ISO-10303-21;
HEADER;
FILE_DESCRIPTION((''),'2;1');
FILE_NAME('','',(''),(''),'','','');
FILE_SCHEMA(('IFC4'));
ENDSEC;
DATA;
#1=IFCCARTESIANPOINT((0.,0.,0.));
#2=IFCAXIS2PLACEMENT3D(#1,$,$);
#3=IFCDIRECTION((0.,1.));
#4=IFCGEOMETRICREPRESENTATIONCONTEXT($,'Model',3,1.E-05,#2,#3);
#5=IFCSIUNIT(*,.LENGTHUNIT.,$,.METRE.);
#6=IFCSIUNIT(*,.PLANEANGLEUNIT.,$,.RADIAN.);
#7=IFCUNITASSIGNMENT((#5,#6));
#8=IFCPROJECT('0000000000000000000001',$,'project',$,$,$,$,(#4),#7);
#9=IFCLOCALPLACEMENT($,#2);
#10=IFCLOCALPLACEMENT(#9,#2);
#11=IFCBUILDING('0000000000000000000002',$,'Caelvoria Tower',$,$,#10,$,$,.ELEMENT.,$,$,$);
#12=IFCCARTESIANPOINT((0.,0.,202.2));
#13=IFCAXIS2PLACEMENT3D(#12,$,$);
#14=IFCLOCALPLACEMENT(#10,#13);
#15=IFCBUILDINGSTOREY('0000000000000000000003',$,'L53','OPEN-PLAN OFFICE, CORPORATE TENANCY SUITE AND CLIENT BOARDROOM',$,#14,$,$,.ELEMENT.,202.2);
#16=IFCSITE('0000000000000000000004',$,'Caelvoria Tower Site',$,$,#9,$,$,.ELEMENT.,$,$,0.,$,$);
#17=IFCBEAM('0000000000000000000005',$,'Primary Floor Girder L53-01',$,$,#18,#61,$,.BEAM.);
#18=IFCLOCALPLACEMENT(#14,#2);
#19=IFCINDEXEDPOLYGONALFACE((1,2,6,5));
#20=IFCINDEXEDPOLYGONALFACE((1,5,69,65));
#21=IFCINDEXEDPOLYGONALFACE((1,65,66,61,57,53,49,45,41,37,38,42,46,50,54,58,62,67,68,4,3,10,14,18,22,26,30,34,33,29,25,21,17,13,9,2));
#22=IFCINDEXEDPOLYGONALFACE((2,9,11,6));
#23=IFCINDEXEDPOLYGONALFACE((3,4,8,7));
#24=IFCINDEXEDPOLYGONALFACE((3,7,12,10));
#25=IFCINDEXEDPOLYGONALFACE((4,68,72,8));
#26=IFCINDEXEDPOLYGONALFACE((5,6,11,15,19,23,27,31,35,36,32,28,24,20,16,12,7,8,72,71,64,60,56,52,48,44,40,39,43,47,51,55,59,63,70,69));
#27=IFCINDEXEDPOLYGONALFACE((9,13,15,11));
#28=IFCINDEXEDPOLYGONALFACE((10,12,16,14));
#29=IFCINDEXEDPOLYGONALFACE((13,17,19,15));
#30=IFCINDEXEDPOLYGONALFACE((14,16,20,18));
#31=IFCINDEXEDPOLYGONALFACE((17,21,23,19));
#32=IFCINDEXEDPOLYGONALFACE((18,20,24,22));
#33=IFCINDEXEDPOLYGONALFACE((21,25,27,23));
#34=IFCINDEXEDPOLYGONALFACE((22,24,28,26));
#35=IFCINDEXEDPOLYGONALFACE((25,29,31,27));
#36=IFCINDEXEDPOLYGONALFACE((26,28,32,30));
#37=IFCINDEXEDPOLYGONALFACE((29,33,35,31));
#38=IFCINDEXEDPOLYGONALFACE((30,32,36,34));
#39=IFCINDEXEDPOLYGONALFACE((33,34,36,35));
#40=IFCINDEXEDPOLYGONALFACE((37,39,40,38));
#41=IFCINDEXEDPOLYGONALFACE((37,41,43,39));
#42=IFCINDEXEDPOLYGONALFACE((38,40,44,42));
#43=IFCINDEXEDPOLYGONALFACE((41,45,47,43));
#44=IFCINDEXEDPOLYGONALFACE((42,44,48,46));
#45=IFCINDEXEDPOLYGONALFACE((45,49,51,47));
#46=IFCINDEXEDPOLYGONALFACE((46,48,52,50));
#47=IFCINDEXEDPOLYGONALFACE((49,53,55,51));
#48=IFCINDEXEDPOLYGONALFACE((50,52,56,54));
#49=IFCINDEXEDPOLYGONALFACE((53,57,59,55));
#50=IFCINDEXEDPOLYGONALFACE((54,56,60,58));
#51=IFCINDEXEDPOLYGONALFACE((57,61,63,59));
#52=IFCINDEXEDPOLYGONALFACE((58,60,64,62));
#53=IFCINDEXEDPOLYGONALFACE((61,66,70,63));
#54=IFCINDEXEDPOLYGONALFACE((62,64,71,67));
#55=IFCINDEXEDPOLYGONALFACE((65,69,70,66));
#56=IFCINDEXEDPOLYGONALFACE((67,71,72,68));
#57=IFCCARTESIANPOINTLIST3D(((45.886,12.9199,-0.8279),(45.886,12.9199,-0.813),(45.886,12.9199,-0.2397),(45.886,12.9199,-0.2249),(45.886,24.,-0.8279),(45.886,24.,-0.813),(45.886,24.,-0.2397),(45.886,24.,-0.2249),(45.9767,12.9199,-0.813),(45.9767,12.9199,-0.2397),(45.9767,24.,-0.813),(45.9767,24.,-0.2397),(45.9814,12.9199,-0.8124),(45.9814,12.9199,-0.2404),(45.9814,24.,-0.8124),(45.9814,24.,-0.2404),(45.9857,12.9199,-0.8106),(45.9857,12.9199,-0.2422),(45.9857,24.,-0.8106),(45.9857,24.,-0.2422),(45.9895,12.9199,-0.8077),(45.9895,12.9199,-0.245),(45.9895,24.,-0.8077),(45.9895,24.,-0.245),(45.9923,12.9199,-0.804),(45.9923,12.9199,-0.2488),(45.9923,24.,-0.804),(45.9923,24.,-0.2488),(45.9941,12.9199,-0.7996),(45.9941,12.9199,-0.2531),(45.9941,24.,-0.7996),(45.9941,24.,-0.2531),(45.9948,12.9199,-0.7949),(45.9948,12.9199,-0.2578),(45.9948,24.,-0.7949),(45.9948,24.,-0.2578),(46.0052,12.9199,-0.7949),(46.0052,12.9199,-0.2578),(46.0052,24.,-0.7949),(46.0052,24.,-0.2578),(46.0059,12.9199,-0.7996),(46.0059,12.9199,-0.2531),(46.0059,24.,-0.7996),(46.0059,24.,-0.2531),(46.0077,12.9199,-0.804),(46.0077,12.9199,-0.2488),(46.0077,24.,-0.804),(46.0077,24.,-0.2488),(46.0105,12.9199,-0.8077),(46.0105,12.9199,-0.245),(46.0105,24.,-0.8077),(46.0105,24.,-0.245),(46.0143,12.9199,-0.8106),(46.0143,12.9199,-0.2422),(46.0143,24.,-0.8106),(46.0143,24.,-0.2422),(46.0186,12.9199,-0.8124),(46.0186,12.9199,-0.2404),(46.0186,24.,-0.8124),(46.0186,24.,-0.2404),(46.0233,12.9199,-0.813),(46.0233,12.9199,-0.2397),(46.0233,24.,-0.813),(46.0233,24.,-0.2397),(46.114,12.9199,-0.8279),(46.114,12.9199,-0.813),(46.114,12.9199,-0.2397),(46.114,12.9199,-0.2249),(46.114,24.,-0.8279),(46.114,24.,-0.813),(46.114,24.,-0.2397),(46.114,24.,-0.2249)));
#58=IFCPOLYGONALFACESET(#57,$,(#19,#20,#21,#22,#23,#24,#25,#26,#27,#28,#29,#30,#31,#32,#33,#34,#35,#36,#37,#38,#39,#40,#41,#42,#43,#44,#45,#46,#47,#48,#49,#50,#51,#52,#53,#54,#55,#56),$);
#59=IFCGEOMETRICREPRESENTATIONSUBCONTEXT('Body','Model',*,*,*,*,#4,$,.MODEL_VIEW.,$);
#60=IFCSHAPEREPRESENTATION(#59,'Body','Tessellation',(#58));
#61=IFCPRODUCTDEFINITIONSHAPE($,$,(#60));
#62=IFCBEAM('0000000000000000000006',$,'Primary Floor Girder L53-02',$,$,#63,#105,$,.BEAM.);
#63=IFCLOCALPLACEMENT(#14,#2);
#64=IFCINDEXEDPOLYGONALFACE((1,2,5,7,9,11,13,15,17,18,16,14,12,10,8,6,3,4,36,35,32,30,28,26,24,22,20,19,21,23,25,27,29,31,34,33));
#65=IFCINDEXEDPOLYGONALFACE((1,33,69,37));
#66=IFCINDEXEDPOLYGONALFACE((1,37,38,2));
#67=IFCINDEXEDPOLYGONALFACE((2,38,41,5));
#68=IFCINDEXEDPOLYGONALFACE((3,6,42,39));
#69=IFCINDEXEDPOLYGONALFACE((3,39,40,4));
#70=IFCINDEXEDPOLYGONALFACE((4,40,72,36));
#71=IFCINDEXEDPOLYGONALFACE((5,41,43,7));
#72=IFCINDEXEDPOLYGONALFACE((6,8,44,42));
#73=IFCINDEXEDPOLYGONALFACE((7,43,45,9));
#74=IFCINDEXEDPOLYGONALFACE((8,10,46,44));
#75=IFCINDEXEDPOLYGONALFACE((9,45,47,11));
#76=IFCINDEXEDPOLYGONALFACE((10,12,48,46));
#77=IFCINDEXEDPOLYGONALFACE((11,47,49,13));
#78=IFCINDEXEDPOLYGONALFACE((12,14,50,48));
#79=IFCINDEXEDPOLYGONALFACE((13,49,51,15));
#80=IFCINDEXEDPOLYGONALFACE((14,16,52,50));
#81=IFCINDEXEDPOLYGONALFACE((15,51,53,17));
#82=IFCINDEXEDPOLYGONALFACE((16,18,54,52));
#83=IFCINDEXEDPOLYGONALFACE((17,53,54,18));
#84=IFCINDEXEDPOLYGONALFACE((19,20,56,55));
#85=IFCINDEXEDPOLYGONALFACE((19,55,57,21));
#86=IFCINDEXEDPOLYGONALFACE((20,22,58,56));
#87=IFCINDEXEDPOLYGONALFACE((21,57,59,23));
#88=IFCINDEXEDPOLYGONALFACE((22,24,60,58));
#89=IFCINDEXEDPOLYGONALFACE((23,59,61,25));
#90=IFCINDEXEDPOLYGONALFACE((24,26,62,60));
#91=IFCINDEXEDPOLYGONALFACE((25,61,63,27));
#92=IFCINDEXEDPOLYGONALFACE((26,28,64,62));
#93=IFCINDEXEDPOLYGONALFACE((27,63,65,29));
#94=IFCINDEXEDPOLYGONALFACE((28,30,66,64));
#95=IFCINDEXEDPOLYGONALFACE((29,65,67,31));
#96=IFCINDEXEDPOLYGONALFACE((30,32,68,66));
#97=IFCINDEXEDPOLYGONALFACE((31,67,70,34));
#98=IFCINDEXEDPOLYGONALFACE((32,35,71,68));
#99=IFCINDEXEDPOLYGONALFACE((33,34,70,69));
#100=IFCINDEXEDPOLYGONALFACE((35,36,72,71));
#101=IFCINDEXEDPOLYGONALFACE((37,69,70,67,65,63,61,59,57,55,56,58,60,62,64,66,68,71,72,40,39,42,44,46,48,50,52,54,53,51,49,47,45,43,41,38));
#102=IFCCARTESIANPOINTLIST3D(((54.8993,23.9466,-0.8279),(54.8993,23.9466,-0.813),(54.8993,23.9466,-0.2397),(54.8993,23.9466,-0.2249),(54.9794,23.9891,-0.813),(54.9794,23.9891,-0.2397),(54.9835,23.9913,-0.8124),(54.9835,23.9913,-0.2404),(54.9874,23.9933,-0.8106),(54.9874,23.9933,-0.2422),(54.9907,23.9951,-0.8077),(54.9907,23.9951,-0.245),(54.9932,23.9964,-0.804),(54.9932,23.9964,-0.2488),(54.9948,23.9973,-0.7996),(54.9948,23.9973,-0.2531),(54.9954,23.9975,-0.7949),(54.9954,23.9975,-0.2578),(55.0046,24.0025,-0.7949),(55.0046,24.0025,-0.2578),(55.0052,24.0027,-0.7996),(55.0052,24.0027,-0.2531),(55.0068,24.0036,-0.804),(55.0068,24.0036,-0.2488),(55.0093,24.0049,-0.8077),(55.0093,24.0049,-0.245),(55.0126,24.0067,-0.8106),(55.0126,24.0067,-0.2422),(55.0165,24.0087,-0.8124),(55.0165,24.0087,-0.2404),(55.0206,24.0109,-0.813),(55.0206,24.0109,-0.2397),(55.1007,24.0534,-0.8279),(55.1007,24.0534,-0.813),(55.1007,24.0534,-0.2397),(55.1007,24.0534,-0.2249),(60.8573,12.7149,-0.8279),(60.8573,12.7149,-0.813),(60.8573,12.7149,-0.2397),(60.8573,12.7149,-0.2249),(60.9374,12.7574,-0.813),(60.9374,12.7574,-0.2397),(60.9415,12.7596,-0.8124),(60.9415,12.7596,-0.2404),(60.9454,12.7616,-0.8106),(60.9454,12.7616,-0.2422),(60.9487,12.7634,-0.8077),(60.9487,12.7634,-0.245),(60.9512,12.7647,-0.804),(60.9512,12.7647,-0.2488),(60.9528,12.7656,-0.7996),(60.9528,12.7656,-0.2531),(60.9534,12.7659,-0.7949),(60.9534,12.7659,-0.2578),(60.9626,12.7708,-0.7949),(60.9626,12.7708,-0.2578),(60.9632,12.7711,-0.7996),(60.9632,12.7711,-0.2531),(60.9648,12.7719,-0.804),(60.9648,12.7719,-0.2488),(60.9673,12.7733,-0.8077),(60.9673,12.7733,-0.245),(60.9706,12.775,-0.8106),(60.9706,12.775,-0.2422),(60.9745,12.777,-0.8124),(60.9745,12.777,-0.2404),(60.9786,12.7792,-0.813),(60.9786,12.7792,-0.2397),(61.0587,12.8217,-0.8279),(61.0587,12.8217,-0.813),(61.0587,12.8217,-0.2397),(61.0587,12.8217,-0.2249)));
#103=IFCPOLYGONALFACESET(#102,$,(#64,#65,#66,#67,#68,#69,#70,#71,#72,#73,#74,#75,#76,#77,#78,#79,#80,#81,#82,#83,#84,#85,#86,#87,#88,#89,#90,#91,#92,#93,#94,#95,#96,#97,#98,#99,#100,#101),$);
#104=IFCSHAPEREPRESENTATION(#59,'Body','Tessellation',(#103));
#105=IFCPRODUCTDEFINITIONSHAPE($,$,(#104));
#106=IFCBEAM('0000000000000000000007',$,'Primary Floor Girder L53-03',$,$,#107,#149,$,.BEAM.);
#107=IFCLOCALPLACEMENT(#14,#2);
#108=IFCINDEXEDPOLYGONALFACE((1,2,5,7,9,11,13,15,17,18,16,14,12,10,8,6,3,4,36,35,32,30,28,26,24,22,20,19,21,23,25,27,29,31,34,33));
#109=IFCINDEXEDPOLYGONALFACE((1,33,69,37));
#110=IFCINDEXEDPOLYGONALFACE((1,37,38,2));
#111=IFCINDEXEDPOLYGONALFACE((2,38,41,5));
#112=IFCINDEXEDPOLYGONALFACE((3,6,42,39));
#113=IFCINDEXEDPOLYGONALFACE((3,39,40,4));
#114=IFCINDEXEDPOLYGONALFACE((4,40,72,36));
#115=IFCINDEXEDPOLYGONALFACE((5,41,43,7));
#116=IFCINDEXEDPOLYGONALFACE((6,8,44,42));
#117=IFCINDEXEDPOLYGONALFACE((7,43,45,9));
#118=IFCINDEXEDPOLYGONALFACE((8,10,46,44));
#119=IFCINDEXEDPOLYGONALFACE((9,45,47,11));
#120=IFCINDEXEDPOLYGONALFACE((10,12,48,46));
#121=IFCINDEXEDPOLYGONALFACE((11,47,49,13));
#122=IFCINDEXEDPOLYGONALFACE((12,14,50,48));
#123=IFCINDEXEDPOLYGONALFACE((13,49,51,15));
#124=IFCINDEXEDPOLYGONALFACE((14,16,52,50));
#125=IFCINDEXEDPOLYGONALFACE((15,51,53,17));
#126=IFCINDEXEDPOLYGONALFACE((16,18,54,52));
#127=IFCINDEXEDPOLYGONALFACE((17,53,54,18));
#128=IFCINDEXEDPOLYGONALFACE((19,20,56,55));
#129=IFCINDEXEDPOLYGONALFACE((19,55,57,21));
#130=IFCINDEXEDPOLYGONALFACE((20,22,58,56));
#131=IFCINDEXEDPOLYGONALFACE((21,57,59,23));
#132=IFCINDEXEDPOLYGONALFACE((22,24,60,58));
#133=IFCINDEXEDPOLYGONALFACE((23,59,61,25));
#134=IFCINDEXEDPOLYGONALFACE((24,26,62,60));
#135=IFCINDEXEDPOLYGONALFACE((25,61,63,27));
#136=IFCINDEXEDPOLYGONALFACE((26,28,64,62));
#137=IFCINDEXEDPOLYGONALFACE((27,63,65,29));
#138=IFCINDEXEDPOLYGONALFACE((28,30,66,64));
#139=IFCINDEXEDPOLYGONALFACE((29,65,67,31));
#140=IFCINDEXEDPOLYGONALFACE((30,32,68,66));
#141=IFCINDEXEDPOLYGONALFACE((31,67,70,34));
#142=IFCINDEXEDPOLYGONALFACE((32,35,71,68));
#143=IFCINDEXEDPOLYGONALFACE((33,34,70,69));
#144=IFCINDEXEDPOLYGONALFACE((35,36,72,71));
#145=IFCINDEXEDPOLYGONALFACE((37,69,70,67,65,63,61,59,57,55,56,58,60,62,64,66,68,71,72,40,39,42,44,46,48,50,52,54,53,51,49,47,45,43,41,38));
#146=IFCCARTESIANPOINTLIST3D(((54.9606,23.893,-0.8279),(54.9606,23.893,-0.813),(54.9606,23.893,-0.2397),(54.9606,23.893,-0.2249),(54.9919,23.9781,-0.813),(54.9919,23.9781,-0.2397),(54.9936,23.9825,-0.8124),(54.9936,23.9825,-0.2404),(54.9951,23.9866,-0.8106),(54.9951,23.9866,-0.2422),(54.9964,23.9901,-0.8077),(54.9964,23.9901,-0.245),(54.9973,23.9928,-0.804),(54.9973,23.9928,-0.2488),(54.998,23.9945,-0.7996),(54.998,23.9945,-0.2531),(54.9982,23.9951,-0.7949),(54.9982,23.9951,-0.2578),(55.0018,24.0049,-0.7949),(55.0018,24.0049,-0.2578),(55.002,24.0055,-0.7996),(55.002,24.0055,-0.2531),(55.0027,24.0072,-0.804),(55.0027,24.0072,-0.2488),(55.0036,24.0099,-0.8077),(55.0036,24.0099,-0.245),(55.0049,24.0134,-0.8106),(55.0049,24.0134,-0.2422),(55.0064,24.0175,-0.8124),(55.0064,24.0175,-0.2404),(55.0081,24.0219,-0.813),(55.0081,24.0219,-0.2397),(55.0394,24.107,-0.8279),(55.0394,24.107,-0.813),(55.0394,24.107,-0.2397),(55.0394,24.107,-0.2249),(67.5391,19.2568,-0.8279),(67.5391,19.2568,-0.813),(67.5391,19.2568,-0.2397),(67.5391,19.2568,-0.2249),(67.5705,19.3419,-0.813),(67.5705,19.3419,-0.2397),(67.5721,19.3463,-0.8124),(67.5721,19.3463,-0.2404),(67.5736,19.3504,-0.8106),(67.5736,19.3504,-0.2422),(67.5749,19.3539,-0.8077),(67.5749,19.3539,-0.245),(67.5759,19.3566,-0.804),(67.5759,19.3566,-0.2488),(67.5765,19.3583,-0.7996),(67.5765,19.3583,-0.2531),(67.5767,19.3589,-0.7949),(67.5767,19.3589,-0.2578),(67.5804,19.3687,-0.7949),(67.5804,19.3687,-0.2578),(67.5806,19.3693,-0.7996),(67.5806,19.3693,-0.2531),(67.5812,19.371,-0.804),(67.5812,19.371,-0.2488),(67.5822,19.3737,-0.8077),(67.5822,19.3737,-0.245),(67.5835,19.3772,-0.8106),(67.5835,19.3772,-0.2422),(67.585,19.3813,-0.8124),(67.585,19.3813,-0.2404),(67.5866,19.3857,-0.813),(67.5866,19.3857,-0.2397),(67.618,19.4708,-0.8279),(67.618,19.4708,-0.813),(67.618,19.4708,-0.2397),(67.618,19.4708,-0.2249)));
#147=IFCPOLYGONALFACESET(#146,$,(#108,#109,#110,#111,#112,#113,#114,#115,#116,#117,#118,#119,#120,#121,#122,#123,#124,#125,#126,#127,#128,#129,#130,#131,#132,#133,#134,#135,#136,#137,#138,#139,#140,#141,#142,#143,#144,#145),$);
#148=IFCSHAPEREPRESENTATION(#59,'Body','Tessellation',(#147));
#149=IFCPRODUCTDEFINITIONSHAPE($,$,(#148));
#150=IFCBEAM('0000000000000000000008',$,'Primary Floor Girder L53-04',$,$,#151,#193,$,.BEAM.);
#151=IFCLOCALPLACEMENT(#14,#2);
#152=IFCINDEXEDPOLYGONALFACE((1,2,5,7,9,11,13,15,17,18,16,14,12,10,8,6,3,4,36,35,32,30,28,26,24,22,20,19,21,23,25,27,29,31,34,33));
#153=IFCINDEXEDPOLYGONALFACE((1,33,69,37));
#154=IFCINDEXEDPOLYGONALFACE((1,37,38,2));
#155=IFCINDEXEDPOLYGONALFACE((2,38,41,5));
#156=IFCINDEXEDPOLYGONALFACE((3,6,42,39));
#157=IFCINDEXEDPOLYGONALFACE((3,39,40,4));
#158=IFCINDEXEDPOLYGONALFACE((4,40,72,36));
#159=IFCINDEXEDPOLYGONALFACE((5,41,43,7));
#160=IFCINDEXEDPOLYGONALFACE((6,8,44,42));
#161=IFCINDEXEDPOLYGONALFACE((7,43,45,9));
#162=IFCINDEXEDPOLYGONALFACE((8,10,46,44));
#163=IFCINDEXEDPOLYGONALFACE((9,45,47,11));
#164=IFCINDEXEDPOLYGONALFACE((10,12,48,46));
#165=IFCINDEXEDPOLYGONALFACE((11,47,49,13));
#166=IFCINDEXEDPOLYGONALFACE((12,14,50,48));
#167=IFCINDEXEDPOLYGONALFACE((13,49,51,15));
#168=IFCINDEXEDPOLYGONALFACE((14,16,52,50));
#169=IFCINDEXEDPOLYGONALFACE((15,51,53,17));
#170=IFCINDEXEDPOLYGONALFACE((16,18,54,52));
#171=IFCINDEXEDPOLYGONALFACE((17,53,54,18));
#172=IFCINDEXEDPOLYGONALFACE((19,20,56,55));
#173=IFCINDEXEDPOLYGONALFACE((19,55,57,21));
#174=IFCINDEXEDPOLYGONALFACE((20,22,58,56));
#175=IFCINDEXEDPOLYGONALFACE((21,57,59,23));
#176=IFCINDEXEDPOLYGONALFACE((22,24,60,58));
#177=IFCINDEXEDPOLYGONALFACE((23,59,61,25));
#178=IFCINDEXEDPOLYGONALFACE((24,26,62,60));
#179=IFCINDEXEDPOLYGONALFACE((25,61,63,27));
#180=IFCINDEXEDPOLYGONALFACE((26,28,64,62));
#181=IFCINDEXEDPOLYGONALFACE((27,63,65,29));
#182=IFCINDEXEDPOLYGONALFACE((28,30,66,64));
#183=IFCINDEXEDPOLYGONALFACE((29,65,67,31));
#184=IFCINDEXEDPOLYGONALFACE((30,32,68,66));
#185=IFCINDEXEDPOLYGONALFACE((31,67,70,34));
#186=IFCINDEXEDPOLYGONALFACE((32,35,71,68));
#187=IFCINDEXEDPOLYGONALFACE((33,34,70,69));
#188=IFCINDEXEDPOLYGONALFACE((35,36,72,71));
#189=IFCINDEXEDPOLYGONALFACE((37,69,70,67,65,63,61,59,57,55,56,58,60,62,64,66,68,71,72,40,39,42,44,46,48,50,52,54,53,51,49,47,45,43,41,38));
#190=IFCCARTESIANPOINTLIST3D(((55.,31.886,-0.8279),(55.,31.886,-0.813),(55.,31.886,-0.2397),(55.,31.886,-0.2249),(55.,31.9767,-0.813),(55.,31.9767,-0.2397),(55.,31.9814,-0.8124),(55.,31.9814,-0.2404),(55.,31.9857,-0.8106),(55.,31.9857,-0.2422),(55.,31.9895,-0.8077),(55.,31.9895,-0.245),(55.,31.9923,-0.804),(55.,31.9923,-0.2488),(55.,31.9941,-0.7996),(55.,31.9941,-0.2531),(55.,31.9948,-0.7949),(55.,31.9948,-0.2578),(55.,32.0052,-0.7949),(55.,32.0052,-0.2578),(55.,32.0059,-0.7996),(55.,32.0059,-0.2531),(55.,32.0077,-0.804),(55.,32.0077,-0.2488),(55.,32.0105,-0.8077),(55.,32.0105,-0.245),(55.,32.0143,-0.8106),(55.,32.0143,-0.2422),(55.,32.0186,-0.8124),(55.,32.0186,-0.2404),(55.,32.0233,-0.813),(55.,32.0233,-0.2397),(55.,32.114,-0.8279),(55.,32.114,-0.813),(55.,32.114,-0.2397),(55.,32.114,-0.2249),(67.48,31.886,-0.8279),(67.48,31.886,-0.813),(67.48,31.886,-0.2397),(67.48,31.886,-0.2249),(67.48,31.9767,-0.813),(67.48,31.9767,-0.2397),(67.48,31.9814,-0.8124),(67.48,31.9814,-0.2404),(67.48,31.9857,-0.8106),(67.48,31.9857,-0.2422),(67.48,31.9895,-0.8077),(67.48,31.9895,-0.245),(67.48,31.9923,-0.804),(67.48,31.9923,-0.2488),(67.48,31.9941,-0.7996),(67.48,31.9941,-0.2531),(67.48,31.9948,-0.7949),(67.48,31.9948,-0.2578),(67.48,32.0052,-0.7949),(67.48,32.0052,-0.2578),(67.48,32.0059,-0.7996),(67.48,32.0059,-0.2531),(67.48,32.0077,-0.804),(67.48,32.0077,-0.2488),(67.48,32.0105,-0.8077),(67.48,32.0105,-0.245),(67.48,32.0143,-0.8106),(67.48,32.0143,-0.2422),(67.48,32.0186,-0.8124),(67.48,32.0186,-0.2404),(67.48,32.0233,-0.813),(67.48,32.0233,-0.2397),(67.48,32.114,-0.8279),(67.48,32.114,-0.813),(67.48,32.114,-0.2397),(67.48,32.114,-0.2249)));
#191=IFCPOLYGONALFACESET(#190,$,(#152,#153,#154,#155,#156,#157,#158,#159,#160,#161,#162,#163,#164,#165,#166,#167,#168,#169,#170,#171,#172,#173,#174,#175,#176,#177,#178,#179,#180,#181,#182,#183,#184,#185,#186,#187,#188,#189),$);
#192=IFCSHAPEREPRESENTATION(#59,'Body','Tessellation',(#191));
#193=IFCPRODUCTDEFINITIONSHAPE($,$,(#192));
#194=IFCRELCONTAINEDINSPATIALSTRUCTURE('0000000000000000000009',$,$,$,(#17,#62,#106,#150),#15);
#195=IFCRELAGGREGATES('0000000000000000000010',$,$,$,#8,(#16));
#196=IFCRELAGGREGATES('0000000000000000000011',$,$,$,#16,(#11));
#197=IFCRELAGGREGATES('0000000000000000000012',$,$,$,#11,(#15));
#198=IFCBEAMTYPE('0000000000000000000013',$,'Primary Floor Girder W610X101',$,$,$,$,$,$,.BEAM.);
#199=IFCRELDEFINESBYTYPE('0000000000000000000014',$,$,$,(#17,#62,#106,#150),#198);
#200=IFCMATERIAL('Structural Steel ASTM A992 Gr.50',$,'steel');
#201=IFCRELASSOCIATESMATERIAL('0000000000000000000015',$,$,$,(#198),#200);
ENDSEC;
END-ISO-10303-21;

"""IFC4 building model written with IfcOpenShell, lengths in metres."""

from ifc_helpers import new_model, si_unit, direction, frame, origin, origin_2d, place, context, subcontext, project, spatial, i_section, extrude, material, material_profile, profile_set, type_object, element, save


model = new_model("IFC4")

# Units and contexts
model_context = context("Model", 3, precision=1e-05, world=origin(), true_north=direction((0.0, 1.0)))
body_context = subcontext(model_context, "Body", "Model", "MODEL_VIEW")
ifc_project = project(units=[si_unit("LENGTHUNIT", "METRE"), si_unit("PLANEANGLEUNIT", "RADIAN")], contexts=[model_context])

# Site, building, storey
site_placement = place(None, origin())
site = spatial("IfcSite", under=ifc_project, at=site_placement, Name="Caelvoria Tower Site", CompositionType="ELEMENT", RefElevation=0.0)
building_placement = place(site_placement, origin())
building = spatial("IfcBuilding", under=site, at=building_placement, Name="Caelvoria Tower", CompositionType="ELEMENT")
storey_placement = place(building_placement, frame((0.0, 0.0, 202.2)))
storey = spatial("IfcBuildingStorey", under=building, at=storey_placement, Name="L53", Description="OPEN-PLAN OFFICE, CORPORATE TENANCY SUITE AND CLIENT BOARDROOM", CompositionType="ELEMENT", Elevation=202.2)

# Beams
ifc_material_1 = material(Name="Structural Steel ASTM A992 Gr.50", Category="steel")
ifc_material_profile_1 = material_profile(ifc_material_1, i_section(OverallWidth=0.228, OverallDepth=0.603, WebThickness=0.0105, FlangeThickness=0.0149, FilletRadius=0.0181, at=origin_2d()), Name="Structural Steel ASTM A992 Gr.50")
ifc_profile_set_1 = profile_set([ifc_material_profile_1], Name="W610X101 - Structural Steel ASTM A992 Gr.50")
beam_type_1 = type_object("IfcBeamType", Name="Primary Floor Girder W610X101", PredefinedType="BEAM", material=ifc_profile_set_1)
beam_1_placement = place(storey_placement, frame((46.0, 24.0, -0.5264), z_axis=(0.0, -1.0, 0.0), x_axis=(1.0, 0.0, 0.0)))
element("IfcBeam", 1, at=beam_1_placement, inside=storey, type_object=beam_type_1, Name="Primary Floor Girder L53-01", PredefinedType="BEAM", context=body_context, shape_type="SweptSolid", body=[
    extrude(i_section(OverallWidth=0.228, OverallDepth=0.603, WebThickness=0.0105, FlangeThickness=0.0149, FilletRadius=0.0181, at=origin_2d()), origin(), (0.0, 0.0, 1.0), 11.0801),
])
beam_2_placement = place(storey_placement, frame((55.0, 24.0, -0.5264), z_axis=(0.468614, -0.883403, 0.0), x_axis=(0.883403, 0.468614, 0.0)))
element("IfcBeam", 2, at=beam_2_placement, inside=storey, type_object=beam_type_1, Name="Primary Floor Girder L53-02", PredefinedType="BEAM", context=body_context, shape_type="SweptSolid", body=[
    extrude(i_section(OverallWidth=0.228, OverallDepth=0.603, WebThickness=0.0105, FlangeThickness=0.0149, FilletRadius=0.0181, at=origin_2d()), origin(), (0.0, 0.0, 1.0), 12.7141),
])
beam_3_placement = place(storey_placement, frame((55.0, 24.0, -0.5264), z_axis=(0.938295, -0.345837, 0.0), x_axis=(0.345837, 0.938295, 0.0)))
element("IfcBeam", 3, at=beam_3_placement, inside=storey, type_object=beam_type_1, Name="Primary Floor Girder L53-03", PredefinedType="BEAM", context=body_context, shape_type="SweptSolid", body=[
    extrude(i_section(OverallWidth=0.228, OverallDepth=0.603, WebThickness=0.0105, FlangeThickness=0.0149, FilletRadius=0.0181, at=origin_2d()), origin(), (0.0, 0.0, 1.0), 13.4058),
])
beam_4_placement = place(storey_placement, frame((55.0, 32.0, -0.5264), z_axis=(1.0, 0.0, 0.0), x_axis=(0.0, 1.0, 0.0)))
element("IfcBeam", 4, at=beam_4_placement, inside=storey, type_object=beam_type_1, Name="Primary Floor Girder L53-04", PredefinedType="BEAM", context=body_context, shape_type="SweptSolid", body=[
    extrude(i_section(OverallWidth=0.228, OverallDepth=0.603, WebThickness=0.0105, FlangeThickness=0.0149, FilletRadius=0.0181, at=origin_2d()), origin(), (0.0, 0.0, 1.0), 12.48),
])

save(model, "model.ifc")
